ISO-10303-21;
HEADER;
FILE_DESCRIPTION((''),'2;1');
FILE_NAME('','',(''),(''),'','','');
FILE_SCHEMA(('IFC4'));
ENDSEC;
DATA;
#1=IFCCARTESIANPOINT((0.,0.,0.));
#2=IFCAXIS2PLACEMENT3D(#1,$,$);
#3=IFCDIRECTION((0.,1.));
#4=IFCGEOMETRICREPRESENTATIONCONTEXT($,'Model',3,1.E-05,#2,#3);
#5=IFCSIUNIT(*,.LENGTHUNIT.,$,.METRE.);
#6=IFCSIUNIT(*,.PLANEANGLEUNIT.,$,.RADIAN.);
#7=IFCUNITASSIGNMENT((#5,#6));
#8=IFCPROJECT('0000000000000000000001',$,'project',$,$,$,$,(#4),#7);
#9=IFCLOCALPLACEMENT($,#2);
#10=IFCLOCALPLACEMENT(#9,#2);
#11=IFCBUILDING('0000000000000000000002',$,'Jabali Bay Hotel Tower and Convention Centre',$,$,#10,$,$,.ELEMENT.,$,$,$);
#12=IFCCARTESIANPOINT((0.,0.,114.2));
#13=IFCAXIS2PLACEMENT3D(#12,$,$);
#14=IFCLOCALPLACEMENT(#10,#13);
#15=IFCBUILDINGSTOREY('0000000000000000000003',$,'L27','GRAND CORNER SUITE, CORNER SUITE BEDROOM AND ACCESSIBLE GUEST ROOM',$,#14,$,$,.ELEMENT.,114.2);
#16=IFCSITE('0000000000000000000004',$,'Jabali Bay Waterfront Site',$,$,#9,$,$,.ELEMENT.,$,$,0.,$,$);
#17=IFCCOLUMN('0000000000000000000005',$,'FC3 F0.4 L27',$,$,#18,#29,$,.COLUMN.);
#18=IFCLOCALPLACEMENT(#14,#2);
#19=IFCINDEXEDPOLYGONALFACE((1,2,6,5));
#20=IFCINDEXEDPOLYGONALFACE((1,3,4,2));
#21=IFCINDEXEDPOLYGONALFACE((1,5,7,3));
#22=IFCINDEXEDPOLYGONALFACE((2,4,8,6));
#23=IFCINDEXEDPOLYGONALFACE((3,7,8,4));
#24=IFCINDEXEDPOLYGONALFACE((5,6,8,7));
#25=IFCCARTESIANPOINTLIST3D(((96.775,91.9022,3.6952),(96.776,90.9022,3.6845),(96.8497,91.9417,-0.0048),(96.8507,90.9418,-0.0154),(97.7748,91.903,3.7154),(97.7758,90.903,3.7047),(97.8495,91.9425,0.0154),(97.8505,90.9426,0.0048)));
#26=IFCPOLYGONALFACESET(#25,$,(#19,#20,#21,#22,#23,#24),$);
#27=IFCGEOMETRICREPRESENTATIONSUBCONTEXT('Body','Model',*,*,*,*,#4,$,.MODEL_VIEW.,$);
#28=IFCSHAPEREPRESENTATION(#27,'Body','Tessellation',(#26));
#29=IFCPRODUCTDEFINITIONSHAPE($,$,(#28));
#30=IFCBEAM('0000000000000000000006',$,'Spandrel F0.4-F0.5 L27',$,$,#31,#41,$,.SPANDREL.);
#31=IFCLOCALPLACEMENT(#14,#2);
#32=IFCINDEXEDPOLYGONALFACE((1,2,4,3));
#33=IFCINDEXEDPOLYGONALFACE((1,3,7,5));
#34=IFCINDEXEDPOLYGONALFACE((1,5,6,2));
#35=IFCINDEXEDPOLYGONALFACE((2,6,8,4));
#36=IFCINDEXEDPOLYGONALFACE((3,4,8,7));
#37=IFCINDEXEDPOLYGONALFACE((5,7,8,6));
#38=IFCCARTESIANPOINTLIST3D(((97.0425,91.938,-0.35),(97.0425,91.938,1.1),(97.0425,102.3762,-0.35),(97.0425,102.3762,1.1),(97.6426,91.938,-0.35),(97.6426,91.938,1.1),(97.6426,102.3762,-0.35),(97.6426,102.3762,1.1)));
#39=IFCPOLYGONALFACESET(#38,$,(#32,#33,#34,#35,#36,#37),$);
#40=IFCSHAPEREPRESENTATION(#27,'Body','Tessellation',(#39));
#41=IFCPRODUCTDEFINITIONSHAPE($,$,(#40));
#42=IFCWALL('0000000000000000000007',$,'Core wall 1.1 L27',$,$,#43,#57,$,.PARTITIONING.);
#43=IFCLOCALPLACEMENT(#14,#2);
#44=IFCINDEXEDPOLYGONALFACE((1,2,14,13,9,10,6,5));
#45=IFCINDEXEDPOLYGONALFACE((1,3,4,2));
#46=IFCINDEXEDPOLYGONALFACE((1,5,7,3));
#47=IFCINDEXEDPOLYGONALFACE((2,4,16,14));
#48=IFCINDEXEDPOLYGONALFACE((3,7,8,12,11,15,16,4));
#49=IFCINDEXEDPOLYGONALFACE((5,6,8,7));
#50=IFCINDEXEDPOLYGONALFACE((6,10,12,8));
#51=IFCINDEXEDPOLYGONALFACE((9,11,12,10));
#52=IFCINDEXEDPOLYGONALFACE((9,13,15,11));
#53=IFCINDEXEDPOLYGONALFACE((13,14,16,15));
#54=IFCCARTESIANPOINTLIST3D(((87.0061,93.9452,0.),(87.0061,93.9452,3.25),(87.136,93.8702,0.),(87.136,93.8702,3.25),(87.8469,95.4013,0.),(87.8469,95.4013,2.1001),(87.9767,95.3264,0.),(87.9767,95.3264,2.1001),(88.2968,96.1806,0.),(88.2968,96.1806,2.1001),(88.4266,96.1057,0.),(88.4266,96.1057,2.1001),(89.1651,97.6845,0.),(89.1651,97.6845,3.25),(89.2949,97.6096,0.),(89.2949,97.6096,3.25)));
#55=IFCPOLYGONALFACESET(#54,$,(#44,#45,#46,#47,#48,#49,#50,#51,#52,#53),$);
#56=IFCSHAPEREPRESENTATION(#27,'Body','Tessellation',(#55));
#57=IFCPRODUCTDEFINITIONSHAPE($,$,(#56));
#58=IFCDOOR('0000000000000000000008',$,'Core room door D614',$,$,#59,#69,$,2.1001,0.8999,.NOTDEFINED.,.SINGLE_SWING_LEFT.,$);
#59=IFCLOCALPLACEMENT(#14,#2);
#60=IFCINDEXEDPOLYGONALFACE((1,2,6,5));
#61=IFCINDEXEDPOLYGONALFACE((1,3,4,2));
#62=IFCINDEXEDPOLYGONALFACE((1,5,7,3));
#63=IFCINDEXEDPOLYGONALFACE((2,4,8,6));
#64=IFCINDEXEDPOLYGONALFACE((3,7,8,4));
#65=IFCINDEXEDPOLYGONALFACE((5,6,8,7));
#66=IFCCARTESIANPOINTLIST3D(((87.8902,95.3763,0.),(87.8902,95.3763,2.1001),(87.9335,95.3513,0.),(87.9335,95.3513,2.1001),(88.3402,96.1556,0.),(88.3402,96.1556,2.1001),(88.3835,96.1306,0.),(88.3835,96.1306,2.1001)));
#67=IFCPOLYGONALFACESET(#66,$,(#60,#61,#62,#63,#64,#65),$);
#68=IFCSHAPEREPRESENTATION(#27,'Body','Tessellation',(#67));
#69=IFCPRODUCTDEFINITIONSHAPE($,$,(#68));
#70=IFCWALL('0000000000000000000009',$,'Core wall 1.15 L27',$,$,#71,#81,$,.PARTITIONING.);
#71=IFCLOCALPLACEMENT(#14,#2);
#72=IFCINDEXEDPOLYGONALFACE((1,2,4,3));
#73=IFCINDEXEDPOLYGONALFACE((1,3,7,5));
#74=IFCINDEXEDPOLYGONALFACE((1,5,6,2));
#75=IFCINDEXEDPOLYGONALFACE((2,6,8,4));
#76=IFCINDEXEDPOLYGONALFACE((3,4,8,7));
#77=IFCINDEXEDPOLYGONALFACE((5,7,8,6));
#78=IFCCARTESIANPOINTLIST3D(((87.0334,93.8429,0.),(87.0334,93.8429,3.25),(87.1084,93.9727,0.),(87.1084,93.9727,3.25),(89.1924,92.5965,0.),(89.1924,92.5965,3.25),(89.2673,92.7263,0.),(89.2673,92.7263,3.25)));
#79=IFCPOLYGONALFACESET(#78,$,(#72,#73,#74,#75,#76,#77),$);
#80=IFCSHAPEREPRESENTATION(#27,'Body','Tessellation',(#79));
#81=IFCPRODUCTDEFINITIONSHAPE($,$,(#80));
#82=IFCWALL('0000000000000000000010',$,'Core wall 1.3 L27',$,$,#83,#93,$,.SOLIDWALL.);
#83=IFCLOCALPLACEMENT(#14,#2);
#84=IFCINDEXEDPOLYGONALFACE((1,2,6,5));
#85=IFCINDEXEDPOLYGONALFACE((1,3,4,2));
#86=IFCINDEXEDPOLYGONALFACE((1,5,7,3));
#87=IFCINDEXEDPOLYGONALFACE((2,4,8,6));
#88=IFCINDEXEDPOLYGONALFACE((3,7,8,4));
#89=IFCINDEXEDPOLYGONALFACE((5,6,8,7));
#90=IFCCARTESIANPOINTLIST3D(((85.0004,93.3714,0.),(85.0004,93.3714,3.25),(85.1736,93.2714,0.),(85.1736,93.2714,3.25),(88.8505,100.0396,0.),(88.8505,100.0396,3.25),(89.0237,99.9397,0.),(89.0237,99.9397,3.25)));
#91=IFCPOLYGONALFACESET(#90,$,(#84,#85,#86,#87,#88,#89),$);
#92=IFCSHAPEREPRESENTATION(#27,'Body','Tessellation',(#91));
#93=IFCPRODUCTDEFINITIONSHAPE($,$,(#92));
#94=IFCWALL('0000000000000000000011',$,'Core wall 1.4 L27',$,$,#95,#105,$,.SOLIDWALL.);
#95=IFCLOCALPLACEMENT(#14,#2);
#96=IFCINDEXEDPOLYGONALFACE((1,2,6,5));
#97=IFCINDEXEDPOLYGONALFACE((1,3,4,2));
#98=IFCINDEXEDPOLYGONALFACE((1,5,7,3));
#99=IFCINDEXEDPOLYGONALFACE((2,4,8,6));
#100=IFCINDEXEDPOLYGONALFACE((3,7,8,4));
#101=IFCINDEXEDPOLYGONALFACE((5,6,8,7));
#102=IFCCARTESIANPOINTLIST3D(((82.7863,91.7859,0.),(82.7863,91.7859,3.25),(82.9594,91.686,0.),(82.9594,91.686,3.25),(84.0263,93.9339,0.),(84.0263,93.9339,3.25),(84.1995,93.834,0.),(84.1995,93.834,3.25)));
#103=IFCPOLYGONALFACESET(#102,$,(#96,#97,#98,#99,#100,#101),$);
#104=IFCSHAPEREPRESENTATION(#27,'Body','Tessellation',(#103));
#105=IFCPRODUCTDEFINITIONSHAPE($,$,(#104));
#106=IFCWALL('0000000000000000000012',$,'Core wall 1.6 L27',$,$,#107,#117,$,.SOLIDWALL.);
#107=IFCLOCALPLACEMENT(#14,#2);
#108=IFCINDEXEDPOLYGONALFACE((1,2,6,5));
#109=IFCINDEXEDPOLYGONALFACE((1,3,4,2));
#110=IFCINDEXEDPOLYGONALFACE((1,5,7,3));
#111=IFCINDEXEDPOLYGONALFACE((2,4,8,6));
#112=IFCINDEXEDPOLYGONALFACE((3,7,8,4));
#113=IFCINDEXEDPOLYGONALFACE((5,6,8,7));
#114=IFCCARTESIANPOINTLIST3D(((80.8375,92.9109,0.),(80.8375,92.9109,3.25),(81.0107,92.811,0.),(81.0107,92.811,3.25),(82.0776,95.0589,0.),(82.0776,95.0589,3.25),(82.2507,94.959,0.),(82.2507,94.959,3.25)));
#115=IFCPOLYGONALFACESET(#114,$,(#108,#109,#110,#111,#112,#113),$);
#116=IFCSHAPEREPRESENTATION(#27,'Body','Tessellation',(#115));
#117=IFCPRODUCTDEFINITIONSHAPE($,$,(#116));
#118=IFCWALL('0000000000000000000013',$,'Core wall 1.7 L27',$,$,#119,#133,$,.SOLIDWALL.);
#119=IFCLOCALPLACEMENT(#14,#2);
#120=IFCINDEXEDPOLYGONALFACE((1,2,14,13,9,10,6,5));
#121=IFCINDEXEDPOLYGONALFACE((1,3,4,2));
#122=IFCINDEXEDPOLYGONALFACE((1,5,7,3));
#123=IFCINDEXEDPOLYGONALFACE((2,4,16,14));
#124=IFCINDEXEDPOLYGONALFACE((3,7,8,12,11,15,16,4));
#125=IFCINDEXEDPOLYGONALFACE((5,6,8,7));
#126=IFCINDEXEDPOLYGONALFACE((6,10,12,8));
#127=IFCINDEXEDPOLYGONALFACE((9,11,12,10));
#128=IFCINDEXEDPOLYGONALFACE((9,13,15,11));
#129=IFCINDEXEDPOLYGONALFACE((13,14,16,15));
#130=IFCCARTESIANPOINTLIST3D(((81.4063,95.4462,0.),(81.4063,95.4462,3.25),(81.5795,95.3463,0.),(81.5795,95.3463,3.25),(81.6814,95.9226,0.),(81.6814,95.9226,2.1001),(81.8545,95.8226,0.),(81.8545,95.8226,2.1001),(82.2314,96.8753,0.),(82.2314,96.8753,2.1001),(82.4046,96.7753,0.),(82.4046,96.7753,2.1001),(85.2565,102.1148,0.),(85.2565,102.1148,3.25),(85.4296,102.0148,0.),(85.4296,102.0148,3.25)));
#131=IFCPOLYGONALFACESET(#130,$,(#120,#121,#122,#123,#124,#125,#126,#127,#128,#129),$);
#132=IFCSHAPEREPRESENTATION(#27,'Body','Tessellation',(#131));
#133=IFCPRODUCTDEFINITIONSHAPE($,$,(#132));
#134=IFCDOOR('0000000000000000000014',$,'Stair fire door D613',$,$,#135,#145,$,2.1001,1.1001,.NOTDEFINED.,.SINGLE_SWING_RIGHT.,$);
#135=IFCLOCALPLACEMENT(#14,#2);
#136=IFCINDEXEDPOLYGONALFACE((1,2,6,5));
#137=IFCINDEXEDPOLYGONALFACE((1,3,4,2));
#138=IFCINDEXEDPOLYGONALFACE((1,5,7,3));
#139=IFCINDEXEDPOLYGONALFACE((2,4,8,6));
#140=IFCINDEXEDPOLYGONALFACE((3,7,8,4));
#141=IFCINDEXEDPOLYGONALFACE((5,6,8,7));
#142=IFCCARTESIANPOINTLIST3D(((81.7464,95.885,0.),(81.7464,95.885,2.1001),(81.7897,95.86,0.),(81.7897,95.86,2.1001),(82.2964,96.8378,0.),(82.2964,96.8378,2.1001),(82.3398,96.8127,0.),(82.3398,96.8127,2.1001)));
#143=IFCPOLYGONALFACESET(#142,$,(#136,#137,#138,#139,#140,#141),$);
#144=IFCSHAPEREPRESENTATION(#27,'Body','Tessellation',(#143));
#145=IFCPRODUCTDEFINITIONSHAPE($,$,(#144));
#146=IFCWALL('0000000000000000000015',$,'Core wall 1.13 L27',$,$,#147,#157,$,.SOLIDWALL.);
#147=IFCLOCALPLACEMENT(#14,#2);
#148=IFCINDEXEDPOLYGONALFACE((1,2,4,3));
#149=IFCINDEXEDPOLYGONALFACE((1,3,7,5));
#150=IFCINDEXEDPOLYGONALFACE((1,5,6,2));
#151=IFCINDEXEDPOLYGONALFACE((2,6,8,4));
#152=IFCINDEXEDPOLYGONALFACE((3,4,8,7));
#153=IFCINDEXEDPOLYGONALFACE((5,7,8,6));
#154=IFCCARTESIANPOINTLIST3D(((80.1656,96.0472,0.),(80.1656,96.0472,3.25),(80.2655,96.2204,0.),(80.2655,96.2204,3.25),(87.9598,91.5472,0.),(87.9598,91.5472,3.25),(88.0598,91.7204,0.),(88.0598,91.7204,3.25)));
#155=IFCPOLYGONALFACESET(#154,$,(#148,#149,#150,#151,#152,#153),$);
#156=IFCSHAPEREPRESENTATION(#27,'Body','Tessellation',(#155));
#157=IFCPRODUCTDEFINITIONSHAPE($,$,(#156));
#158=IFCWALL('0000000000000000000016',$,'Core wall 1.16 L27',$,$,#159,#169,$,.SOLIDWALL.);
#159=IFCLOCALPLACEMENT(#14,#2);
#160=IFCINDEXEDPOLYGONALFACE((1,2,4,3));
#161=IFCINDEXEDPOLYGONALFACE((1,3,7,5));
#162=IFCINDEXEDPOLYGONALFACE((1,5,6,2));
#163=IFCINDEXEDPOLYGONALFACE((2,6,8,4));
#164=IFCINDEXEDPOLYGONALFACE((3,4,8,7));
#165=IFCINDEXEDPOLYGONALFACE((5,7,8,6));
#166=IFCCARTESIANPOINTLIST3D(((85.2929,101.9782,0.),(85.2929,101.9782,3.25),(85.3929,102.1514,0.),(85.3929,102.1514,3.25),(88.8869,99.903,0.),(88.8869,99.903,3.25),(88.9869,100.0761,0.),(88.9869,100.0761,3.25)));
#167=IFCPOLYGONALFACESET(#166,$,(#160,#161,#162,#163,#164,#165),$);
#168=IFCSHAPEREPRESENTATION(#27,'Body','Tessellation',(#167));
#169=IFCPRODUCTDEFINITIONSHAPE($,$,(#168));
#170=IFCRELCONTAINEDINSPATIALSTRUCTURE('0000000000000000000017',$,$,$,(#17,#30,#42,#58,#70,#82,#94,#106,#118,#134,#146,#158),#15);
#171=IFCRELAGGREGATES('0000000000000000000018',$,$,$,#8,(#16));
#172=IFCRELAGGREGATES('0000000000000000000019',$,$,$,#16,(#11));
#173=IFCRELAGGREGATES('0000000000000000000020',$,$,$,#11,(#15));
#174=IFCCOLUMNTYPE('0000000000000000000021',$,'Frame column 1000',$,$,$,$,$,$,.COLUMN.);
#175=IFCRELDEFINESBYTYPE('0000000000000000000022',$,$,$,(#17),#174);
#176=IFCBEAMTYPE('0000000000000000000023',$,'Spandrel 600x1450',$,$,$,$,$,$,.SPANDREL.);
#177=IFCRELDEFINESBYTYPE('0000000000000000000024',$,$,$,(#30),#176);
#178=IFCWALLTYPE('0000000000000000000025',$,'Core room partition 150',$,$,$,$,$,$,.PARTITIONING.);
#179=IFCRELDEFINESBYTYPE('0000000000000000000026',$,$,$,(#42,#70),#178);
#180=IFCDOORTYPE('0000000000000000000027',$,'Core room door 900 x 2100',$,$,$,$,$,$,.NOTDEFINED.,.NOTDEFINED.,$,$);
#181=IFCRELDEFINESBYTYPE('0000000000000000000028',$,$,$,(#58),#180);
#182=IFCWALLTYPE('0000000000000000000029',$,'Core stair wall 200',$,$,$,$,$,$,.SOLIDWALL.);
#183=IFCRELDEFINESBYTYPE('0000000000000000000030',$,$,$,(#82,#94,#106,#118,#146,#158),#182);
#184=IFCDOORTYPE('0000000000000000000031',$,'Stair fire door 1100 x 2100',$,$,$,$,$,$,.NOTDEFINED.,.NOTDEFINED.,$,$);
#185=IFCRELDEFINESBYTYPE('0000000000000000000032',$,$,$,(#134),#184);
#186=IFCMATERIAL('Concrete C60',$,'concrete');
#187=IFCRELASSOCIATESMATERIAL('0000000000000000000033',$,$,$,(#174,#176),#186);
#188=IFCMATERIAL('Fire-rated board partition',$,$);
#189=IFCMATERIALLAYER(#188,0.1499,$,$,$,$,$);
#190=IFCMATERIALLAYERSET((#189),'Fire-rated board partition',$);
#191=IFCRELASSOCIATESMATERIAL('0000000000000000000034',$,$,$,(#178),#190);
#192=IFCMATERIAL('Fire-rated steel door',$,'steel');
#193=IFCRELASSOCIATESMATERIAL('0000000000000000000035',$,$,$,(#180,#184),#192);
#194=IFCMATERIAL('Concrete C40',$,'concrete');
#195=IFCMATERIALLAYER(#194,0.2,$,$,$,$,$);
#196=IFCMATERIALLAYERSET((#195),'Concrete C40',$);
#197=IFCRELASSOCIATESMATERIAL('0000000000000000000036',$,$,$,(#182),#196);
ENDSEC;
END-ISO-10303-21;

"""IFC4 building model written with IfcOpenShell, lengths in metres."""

from ifc_helpers import new_model, si_unit, direction, frame, frame_2d, origin, origin_2d, place, context, subcontext, project, spatial, rectangle, extrude, material, layer, layer_set, material_profile, profile_set, type_object, element, fill, save


model = new_model("IFC4")

# Units and contexts
model_context = context("Model", 3, precision=1e-05, world=origin(), true_north=direction((0.0, 1.0)))
body_context = subcontext(model_context, "Body", "Model", "MODEL_VIEW")
ifc_project = project(units=[si_unit("LENGTHUNIT", "METRE"), si_unit("PLANEANGLEUNIT", "RADIAN")], contexts=[model_context])

# Site, building, storey
site_placement = place(None, origin())
site = spatial("IfcSite", under=ifc_project, at=site_placement, Name="Jabali Bay Waterfront Site", CompositionType="ELEMENT", RefElevation=0.0)
building_placement = place(site_placement, origin())
building = spatial("IfcBuilding", under=site, at=building_placement, Name="Jabali Bay Hotel Tower and Convention Centre", CompositionType="ELEMENT")
storey_placement = place(building_placement, frame((0.0, 0.0, 114.2)))
storey = spatial("IfcBuildingStorey", under=building, at=storey_placement, Name="L27", Description="GRAND CORNER SUITE, CORNER SUITE BEDROOM AND ACCESSIBLE GUEST ROOM", CompositionType="ELEMENT", Elevation=114.2)

# Column
ifc_material_1 = material(Name="Concrete C60", Category="concrete")
ifc_material_profile_1 = material_profile(ifc_material_1, rectangle(XDim=1.0, YDim=1.0, at=origin_2d()), Name="Frame column 1000")
ifc_profile_set_1 = profile_set([ifc_material_profile_1], Name="Concrete C60")
column_type = type_object("IfcColumnType", Name="Frame column 1000", PredefinedType="COLUMN", material=ifc_profile_set_1)
column_placement = place(storey_placement, frame((97.3501, 91.4421, 0.0), z_axis=(-0.020186, -0.010687, 0.999739), x_axis=(0.999796, 0.000797, 0.020196)))
element("IfcColumn", 1, at=column_placement, inside=storey, type_object=column_type, Name="FC3 F0.4 L27", PredefinedType="COLUMN", context=body_context, shape_type="SweptSolid", body=[
    extrude(rectangle(XDim=1.0, YDim=1.0, at=origin_2d()), origin(), (0.0, 0.0, 1.0), 3.7009),
])

# Beam
ifc_material_profile_2 = material_profile(ifc_material_1, rectangle(XDim=0.6001, YDim=1.45, at=origin_2d()), Name="Spandrel 600x1450")
ifc_profile_set_2 = profile_set([ifc_material_profile_2], Name="Concrete C60")
beam_type = type_object("IfcBeamType", Name="Spandrel 600x1450", PredefinedType="SPANDREL", material=ifc_profile_set_2)
beam_placement = place(storey_placement, frame((97.3425, 91.938, 0.375), z_axis=(0.0, 1.0, 0.0), x_axis=(-1.0, 0.0, 0.0)))
element("IfcBeam", 2, at=beam_placement, inside=storey, type_object=beam_type, Name="Spandrel F0.4-F0.5 L27", PredefinedType="SPANDREL", context=body_context, shape_type="SweptSolid", body=[
    extrude(rectangle(XDim=0.6001, YDim=1.45, at=origin_2d()), origin(), (0.0, 0.0, 1.0), 10.4382),
])

# Wall, opening, door
ifc_material_2 = material(Name="Fire-rated board partition")
ifc_layer_1 = layer(ifc_material_2, 0.1499)
ifc_layer_set_1 = layer_set([ifc_layer_1], Name="Fire-rated board partition")
wall_type_1 = type_object("IfcWallType", Name="Core room partition 150", PredefinedType="PARTITIONING", material=ifc_layer_set_1)
wall_1_placement = place(storey_placement, frame((87.071, 93.9077, 0.0), z_axis=(0.0, 0.0, 1.0), x_axis=(0.500013, 0.866018, 0.0)))
wall_1 = element("IfcWall", 3, at=wall_1_placement, inside=storey, type_object=wall_type_1, Name="Core wall 1.1 L27", PredefinedType="PARTITIONING", context=body_context, shape_type="SweptSolid", body=[
    extrude(rectangle(XDim=4.3179, YDim=0.1499, at=frame_2d((2.1589, 0.0))), origin(), (0.0, 0.0, 1.0), 3.25),
])
opening_1_placement = place(wall_1_placement, frame((1.6814, 0.0, 0.0)))
opening_1 = element("IfcOpeningElement", 4, at=opening_1_placement, cuts=wall_1, PredefinedType="OPENING", context=body_context, shape_type="SweptSolid", body=[
    extrude(rectangle(XDim=0.8999, YDim=2.1001, at=frame_2d((0.45, 1.05))), frame((0.0, 0.0854, 0.0), z_axis=(0.0, -1.0, 0.0), x_axis=(1.0, 0.0, 0.0)), (0.0, 0.0, 1.0), 0.1709),
])
ifc_material_3 = material(Name="Fire-rated steel door", Category="steel")
door_type_1 = type_object("IfcDoorType", Name="Core room door 900 x 2100", OperationType="NOTDEFINED", PredefinedType="NOTDEFINED", material=ifc_material_3)
door_1_placement = place(opening_1_placement, origin())
door_1 = element("IfcDoor", 5, at=door_1_placement, inside=storey, type_object=door_type_1, Name="Core room door D614", OperationType="SINGLE_SWING_LEFT", OverallHeight=2.1001, OverallWidth=0.8999, PredefinedType="NOTDEFINED", context=body_context, shape_type="SweptSolid", body=[
    extrude(rectangle(XDim=0.8999, YDim=2.1001, at=frame_2d((0.45, 1.05))), frame((0.0, 0.0249, 0.0), z_axis=(0.0, -1.0, 0.0), x_axis=(1.0, 0.0, 0.0)), (0.0, 0.0, 1.0), 0.05),
])
fill(opening_1, door_1)

# Walls
wall_2_placement = place(storey_placement, frame((89.23, 92.6614, 0.0), z_axis=(0.0, 0.0, 1.0), x_axis=(-0.866047, 0.499963, 0.0)))
element("IfcWall", 6, at=wall_2_placement, inside=storey, type_object=wall_type_1, Name="Core wall 1.15 L27", PredefinedType="PARTITIONING", context=body_context, shape_type="SweptSolid", body=[
    extrude(rectangle(XDim=2.4929, YDim=0.1499, at=frame_2d((1.2466, 0.0))), origin(), (0.0, 0.0, 1.0), 3.25),
])
ifc_material_4 = material(Name="Concrete C40", Category="concrete")
ifc_layer_2 = layer(ifc_material_4, 0.2)
ifc_layer_set_2 = layer_set([ifc_layer_2], Name="Concrete C40")
wall_type_2 = type_object("IfcWallType", Name="Core stair wall 200", PredefinedType="SOLIDWALL", material=ifc_layer_set_2)
wall_3_placement = place(storey_placement, frame((85.0869, 93.3213, 0.0), z_axis=(0.0, 0.0, 1.0), x_axis=(0.50002, 0.866014, 0.0)))
element("IfcWall", 7, at=wall_3_placement, inside=storey, type_object=wall_type_2, Name="Core wall 1.3 L27", PredefinedType="SOLIDWALL", context=body_context, shape_type="SweptSolid", body=[
    extrude(rectangle(XDim=7.7, YDim=0.2, at=frame_2d((3.8501, 0.0))), origin(), (0.0, 0.0, 1.0), 3.25),
])
for number, where, z_axis, x_axis, name in (
    (8, (82.8728, 91.7358, 0.0), (0.0, 0.0, 1.0), (0.499961, 0.866048, 0.0), "Core wall 1.4 L27"),
    (9, (80.9241, 92.8608, 0.0), (0.0, 0.0, 1.0), (0.499961, 0.866048, 0.0), "Core wall 1.6 L27"),
):
    element("IfcWall", number, at=place(storey_placement, frame(where, z_axis=z_axis, x_axis=x_axis)), inside=storey, type_object=wall_type_2, Name=name, PredefinedType="SOLIDWALL", context=body_context, shape_type="SweptSolid", body=[
        extrude(rectangle(XDim=2.4802, YDim=0.2, at=frame_2d((1.2402, 0.0))), origin(), (0.0, 0.0, 1.0), 3.25),
    ])

# Wall, opening, door
wall_4_placement = place(storey_placement, frame((81.4929, 95.3962, 0.0), z_axis=(0.0, 0.0, 1.0), x_axis=(0.500006, 0.866022, 0.0)))
wall_4 = element("IfcWall", 10, at=wall_4_placement, inside=storey, type_object=wall_type_2, Name="Core wall 1.7 L27", PredefinedType="SOLIDWALL", context=body_context, shape_type="SweptSolid", body=[
    extrude(rectangle(XDim=7.7002, YDim=0.2, at=frame_2d((3.8501, 0.0))), origin(), (0.0, 0.0, 1.0), 3.25),
])
opening_2_placement = place(wall_4_placement, frame((0.55, 0.0, 0.0)))
opening_2 = element("IfcOpeningElement", 11, at=opening_2_placement, cuts=wall_4, PredefinedType="OPENING", context=body_context, shape_type="SweptSolid", body=[
    extrude(rectangle(XDim=1.1001, YDim=2.1001, at=frame_2d((0.55, 1.05))), frame((0.0, 0.1104, 0.0), z_axis=(0.0, -1.0, 0.0), x_axis=(1.0, 0.0, 0.0)), (0.0, 0.0, 1.0), 0.2209),
])
door_type_2 = type_object("IfcDoorType", Name="Stair fire door 1100 x 2100", OperationType="NOTDEFINED", PredefinedType="NOTDEFINED", material=ifc_material_3)
door_2_placement = place(opening_2_placement, origin())
door_2 = element("IfcDoor", 12, at=door_2_placement, inside=storey, type_object=door_type_2, Name="Stair fire door D613", OperationType="SINGLE_SWING_RIGHT", OverallHeight=2.1001, OverallWidth=1.1001, PredefinedType="NOTDEFINED", context=body_context, shape_type="SweptSolid", body=[
    extrude(rectangle(XDim=1.1001, YDim=2.1001, at=frame_2d((0.55, 1.05))), frame((0.0, 0.0249, 0.0), z_axis=(0.0, -1.0, 0.0), x_axis=(1.0, 0.0, 0.0)), (0.0, 0.0, 1.0), 0.05),
])
fill(opening_2, door_2)

# Walls
wall_5_placement = place(storey_placement, frame((88.0098, 91.6338, 0.0), z_axis=(0.0, 0.0, 1.0), x_axis=(-0.866024, 0.500002, 0.0)))
element("IfcWall", 13, at=wall_5_placement, inside=storey, type_object=wall_type_2, Name="Core wall 1.13 L27", PredefinedType="SOLIDWALL", context=body_context, shape_type="SweptSolid", body=[
    extrude(rectangle(XDim=9.0, YDim=0.2, at=frame_2d((4.5, 0.0))), origin(), (0.0, 0.0, 1.0), 3.25),
])
wall_6_placement = place(storey_placement, frame((88.937, 99.9895, 0.0), z_axis=(0.0, 0.0, 1.0), x_axis=(-0.866004, 0.500036, 0.0)))
element("IfcWall", 14, at=wall_6_placement, inside=storey, type_object=wall_type_2, Name="Core wall 1.16 L27", PredefinedType="SOLIDWALL", context=body_context, shape_type="SweptSolid", body=[
    extrude(rectangle(XDim=4.1501, YDim=0.2, at=frame_2d((2.0752, 0.0))), origin(), (0.0, 0.0, 1.0), 3.25),
])

save(model, "model.ifc")
